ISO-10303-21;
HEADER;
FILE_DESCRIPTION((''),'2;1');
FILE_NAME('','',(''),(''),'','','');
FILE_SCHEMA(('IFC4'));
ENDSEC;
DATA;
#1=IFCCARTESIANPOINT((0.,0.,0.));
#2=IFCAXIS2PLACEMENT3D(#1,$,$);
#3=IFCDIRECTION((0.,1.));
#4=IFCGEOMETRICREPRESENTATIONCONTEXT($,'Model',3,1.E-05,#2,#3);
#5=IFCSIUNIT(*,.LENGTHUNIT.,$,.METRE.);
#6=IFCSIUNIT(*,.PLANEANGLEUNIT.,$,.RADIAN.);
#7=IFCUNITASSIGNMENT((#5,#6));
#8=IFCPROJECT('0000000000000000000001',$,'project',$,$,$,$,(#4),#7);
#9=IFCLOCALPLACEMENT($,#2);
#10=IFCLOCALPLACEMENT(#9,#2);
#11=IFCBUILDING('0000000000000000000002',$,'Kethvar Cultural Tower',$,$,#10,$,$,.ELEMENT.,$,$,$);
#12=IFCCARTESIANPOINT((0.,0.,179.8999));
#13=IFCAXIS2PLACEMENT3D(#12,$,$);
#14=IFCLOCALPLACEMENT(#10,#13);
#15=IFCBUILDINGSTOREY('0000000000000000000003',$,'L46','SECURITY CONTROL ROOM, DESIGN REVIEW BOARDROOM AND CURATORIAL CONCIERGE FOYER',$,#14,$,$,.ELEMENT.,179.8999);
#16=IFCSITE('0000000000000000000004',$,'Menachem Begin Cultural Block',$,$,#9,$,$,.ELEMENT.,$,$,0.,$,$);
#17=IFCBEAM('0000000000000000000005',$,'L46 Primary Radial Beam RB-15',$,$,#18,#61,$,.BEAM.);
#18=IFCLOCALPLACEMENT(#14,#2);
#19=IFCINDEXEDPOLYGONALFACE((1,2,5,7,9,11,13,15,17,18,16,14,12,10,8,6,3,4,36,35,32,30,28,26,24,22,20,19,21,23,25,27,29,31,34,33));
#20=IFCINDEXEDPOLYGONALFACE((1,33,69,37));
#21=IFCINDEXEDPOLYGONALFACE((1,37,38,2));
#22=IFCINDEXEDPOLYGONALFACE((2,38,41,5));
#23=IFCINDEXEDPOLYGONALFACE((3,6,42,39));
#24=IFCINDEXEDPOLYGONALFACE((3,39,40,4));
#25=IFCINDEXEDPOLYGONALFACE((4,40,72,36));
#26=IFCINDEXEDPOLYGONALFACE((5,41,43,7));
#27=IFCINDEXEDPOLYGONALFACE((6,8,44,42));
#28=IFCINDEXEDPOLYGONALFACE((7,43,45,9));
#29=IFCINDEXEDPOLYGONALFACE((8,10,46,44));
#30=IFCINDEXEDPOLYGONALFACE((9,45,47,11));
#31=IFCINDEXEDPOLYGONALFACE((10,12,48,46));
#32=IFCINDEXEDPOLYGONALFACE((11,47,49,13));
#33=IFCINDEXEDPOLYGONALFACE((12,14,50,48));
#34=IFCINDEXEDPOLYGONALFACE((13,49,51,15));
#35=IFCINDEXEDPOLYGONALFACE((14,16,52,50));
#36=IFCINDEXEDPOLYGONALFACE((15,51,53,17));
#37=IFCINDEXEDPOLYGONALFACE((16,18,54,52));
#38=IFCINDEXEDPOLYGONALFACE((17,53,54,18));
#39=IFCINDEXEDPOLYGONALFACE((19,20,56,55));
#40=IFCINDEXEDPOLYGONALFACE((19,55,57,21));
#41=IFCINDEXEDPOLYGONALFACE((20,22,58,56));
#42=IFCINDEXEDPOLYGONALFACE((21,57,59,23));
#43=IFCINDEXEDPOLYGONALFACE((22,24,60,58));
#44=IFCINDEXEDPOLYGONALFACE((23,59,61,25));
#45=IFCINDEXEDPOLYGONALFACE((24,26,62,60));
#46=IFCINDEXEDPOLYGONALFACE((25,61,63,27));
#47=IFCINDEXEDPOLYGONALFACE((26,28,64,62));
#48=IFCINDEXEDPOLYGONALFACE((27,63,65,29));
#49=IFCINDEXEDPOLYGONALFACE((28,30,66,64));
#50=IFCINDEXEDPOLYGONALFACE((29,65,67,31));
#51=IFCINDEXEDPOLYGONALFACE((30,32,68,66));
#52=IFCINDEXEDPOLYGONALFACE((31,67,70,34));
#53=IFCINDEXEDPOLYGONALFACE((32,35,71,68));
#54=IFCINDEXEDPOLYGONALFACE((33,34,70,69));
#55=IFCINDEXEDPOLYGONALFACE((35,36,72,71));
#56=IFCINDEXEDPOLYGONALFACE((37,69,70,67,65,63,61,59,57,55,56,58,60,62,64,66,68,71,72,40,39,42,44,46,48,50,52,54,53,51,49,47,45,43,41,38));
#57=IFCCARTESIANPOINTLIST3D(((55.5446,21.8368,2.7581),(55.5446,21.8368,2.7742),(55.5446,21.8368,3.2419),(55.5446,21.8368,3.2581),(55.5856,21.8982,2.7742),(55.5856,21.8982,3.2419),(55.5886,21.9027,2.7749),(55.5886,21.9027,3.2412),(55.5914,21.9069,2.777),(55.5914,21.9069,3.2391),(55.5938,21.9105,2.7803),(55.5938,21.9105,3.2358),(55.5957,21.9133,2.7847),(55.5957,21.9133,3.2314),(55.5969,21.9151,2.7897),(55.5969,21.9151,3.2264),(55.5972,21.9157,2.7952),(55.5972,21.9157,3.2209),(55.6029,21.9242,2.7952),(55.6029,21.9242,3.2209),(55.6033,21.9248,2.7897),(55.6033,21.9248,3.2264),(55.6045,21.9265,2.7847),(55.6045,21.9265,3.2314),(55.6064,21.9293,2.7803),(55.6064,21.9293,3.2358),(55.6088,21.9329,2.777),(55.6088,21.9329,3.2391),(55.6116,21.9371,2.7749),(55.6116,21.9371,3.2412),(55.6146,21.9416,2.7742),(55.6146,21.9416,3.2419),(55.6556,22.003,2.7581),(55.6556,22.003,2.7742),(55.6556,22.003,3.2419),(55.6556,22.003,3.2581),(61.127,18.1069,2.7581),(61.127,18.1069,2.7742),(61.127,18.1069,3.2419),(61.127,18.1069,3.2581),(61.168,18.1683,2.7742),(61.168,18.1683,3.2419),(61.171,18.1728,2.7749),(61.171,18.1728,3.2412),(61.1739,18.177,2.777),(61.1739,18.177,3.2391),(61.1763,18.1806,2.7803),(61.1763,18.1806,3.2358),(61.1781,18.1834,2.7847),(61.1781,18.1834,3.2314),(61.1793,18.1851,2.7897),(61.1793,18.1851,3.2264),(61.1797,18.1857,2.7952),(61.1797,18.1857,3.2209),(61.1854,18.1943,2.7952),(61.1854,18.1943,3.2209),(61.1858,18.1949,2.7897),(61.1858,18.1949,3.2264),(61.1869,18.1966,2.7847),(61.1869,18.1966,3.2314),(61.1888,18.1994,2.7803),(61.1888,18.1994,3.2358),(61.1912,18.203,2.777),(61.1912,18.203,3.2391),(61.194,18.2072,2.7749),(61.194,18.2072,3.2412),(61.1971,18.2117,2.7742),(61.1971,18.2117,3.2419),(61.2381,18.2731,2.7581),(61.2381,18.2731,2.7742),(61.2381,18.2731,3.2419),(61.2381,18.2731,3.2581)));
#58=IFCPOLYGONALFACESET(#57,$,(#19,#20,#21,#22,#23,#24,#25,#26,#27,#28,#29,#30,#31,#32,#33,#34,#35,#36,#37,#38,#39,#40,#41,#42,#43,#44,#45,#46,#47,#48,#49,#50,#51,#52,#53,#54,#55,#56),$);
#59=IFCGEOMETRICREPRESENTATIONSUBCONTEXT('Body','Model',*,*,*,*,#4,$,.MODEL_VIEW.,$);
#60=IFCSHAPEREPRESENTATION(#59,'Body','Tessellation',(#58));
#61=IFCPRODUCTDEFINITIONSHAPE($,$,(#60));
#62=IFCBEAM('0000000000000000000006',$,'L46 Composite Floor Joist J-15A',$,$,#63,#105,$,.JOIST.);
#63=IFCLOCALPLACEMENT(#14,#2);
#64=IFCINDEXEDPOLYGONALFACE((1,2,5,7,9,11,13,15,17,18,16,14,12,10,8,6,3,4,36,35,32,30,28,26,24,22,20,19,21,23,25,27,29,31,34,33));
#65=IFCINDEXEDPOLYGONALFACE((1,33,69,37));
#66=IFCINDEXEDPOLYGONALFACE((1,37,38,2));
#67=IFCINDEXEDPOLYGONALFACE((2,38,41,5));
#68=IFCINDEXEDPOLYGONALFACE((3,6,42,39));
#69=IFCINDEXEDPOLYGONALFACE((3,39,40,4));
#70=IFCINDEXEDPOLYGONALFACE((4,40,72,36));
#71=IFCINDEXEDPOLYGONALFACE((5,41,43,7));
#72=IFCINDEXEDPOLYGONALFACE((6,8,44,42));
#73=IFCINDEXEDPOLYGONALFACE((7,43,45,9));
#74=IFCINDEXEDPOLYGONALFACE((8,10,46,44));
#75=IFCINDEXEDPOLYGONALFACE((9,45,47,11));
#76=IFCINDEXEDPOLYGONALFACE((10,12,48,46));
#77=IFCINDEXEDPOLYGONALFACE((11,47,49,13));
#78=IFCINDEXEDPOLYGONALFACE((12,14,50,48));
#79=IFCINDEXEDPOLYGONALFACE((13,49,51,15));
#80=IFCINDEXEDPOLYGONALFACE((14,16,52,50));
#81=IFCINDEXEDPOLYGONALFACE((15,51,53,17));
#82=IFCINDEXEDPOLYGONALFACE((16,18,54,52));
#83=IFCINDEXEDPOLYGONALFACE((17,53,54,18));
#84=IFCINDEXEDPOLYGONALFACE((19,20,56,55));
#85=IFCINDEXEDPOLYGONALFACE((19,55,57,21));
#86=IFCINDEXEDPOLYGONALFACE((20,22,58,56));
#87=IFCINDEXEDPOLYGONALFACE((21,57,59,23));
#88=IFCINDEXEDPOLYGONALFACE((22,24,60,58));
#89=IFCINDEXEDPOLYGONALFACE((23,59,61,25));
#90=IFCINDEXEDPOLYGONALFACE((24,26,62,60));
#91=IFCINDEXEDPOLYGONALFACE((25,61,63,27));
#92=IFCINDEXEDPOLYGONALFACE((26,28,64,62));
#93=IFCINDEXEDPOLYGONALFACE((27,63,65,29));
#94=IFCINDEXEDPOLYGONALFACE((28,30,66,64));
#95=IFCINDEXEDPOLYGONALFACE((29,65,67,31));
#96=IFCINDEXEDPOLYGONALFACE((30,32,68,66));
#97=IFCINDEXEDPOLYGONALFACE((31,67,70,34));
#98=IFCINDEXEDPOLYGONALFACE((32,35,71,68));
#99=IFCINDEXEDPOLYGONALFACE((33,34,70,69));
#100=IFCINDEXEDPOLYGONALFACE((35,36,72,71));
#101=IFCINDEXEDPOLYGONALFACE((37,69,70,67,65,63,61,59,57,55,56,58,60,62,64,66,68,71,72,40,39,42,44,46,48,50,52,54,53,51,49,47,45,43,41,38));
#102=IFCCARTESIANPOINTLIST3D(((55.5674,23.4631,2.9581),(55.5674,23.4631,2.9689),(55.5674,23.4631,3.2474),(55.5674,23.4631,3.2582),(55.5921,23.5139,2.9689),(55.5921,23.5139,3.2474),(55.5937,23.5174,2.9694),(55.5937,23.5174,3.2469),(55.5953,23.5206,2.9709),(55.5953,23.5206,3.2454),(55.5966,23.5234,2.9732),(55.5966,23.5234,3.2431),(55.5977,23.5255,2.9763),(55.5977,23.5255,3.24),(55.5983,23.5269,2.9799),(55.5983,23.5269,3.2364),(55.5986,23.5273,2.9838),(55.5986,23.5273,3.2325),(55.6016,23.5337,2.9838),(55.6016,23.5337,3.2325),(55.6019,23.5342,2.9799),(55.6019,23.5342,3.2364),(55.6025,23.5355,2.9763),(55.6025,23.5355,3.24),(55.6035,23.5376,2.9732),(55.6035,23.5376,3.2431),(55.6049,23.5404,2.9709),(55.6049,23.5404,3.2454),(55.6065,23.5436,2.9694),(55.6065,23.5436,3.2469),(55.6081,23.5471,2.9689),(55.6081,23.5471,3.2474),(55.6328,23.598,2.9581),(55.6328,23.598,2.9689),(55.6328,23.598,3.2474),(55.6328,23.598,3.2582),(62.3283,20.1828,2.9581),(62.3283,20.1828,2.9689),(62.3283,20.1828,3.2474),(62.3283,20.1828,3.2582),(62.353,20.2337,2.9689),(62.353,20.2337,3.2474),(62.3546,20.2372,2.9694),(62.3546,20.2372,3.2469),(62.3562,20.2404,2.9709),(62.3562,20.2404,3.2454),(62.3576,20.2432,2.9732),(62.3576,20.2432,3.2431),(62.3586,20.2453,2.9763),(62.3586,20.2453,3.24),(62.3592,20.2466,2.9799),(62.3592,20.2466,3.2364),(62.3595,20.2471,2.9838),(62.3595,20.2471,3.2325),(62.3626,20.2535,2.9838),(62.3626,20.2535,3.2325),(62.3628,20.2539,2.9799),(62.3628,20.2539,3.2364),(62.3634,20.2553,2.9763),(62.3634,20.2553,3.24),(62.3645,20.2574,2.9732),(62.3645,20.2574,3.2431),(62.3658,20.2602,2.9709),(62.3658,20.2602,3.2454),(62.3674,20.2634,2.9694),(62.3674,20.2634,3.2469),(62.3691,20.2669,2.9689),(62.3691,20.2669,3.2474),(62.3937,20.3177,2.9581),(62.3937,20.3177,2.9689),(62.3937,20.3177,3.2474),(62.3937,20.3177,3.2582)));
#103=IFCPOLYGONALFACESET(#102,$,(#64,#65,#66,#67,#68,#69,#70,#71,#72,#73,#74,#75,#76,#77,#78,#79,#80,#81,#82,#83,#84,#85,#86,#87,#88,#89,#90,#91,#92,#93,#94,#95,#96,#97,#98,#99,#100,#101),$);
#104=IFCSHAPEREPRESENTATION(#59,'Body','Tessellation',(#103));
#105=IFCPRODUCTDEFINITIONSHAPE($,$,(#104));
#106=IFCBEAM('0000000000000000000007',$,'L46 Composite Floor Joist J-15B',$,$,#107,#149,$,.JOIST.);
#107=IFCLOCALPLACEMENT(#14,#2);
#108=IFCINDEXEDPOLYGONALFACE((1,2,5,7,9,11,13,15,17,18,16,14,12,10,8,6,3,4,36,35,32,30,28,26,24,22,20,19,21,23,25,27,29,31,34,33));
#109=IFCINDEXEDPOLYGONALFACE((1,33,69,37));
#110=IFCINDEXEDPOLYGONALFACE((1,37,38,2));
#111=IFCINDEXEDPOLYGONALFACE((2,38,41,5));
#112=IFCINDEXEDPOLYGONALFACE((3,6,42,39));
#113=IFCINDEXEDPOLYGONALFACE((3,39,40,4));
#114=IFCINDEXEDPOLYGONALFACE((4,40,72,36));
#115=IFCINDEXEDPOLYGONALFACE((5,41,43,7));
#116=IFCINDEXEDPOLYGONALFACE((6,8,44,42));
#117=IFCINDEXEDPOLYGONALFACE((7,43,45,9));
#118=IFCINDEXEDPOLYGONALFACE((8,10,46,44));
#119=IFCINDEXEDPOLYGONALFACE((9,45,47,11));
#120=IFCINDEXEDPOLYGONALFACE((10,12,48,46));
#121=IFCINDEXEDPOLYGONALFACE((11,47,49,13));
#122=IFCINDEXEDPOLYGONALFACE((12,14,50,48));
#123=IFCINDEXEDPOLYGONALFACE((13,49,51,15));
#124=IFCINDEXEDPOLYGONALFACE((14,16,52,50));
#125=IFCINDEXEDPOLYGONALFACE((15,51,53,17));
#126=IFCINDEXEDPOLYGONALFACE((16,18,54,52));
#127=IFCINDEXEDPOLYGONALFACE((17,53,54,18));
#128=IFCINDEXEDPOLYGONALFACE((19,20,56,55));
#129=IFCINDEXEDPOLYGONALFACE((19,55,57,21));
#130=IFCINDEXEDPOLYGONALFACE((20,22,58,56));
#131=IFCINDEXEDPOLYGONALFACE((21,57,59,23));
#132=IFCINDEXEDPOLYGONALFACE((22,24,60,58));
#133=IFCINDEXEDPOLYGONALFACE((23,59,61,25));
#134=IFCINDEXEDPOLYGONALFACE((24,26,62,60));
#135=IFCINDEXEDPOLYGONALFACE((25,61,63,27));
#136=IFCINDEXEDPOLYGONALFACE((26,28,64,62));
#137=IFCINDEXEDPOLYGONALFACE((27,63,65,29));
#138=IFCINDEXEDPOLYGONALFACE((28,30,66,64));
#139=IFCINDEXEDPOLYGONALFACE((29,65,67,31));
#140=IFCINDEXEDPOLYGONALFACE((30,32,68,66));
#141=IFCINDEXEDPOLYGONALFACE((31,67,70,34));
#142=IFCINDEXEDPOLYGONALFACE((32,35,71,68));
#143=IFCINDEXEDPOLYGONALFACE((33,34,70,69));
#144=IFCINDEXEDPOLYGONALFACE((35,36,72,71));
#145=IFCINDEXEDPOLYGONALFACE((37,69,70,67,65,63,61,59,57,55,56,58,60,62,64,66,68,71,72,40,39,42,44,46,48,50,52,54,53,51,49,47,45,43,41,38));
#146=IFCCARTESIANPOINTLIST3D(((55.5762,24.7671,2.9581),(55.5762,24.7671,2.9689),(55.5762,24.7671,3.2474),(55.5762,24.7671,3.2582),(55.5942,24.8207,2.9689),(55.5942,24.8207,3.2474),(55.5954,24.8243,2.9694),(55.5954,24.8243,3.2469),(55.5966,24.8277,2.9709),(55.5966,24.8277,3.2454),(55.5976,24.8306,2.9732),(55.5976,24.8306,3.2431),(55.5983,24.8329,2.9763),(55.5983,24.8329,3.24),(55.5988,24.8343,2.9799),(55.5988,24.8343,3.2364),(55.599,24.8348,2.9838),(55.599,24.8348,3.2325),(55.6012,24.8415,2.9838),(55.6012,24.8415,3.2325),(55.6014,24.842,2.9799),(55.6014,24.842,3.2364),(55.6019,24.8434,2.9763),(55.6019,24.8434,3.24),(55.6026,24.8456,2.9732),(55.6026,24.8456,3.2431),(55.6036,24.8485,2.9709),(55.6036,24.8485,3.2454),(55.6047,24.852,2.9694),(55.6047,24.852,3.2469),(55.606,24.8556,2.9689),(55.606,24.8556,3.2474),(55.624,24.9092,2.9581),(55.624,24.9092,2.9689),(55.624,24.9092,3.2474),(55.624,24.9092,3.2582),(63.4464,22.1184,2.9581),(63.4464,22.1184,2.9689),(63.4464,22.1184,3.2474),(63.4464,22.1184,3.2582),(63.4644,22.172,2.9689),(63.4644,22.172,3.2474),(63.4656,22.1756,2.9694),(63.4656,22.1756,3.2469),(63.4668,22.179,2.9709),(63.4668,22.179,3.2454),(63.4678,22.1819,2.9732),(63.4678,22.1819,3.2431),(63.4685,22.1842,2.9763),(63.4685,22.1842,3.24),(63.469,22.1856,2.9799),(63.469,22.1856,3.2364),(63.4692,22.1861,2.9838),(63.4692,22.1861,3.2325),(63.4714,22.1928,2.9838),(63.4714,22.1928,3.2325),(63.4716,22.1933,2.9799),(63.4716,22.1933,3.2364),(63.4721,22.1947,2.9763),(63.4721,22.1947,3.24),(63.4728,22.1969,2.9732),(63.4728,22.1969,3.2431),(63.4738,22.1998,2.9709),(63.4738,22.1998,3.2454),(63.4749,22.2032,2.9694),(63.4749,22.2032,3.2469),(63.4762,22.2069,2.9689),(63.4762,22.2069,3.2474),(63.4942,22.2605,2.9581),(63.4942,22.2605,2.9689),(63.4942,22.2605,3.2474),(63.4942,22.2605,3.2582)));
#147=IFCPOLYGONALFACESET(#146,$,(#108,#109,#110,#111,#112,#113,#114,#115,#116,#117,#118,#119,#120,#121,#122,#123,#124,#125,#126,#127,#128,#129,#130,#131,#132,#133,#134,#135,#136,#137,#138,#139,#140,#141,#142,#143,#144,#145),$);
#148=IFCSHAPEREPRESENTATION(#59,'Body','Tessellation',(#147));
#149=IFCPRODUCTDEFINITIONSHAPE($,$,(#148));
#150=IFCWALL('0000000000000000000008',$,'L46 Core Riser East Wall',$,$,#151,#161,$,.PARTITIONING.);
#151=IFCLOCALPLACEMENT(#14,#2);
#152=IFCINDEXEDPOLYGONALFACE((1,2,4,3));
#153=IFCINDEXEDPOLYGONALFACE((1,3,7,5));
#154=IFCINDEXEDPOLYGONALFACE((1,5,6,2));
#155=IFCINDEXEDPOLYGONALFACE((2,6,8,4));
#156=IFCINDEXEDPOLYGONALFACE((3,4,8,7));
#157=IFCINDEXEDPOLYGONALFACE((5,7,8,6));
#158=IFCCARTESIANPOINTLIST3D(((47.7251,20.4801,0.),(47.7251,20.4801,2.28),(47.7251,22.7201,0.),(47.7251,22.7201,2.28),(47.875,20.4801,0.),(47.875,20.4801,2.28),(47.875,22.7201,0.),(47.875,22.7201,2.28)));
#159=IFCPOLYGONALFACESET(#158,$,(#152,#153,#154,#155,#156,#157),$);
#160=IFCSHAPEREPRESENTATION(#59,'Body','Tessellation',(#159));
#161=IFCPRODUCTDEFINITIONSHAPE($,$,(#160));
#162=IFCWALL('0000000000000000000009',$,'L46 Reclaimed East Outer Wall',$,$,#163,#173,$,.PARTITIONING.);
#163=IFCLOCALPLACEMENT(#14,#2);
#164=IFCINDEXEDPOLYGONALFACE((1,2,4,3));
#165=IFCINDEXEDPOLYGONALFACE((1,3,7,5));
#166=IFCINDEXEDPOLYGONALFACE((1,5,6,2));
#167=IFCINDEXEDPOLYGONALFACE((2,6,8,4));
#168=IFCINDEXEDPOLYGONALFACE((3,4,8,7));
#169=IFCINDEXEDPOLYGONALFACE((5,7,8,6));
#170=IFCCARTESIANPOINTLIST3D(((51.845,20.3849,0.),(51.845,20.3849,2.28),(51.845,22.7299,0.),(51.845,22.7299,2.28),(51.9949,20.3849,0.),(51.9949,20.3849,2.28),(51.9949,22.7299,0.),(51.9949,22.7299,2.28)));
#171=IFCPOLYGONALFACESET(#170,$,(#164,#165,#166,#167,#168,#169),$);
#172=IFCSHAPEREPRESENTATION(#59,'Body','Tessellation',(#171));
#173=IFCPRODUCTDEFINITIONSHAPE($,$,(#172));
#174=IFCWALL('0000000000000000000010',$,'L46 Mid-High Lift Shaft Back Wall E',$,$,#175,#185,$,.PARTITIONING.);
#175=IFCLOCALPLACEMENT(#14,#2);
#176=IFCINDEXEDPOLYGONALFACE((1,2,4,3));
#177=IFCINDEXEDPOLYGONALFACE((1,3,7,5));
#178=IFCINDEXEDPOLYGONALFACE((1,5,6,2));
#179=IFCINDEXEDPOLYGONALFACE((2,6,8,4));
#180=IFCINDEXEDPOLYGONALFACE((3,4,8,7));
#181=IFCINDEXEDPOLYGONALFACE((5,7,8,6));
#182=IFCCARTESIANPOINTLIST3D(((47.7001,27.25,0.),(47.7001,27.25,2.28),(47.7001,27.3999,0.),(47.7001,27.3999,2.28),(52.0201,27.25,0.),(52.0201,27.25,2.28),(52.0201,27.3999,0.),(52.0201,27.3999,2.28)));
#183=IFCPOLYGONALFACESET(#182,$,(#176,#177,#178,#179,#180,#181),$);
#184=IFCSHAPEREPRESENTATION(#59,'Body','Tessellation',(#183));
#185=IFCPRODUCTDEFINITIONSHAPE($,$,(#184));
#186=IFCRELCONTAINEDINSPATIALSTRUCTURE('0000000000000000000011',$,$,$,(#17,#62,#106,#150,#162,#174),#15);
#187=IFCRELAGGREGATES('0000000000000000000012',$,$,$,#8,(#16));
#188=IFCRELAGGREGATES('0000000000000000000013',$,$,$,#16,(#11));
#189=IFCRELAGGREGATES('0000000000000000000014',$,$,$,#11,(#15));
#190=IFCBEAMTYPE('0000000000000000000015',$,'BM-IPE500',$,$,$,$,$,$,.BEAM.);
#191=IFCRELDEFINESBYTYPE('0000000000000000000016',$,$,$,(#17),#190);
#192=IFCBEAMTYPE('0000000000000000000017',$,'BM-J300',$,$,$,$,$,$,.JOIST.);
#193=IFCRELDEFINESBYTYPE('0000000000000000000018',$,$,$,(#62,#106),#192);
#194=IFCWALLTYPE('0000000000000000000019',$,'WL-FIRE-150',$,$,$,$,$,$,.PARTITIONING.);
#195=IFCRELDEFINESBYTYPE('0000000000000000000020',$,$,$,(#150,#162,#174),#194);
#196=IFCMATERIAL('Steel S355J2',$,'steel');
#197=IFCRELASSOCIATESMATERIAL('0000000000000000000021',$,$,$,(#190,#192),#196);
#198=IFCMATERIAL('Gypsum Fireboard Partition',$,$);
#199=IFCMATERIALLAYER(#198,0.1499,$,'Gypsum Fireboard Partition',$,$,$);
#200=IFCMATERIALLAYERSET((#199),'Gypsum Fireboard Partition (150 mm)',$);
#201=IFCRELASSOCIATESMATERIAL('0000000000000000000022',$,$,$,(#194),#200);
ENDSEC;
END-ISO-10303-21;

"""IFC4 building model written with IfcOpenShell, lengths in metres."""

from ifc_helpers import new_model, si_unit, direction, frame, frame_2d, origin, origin_2d, place, context, subcontext, project, spatial, rectangle, i_section, extrude, source, transform, mapped, material, layer, layer_set, material_profile, profile_set, type_object, element, save


model = new_model("IFC4")

# Units and contexts
model_context = context("Model", 3, precision=1e-05, world=origin(), true_north=direction((0.0, 1.0)))
body_context = subcontext(model_context, "Body", "Model", "MODEL_VIEW")
ifc_project = project(units=[si_unit("LENGTHUNIT", "METRE"), si_unit("PLANEANGLEUNIT", "RADIAN")], contexts=[model_context])

# Site, building, storey
site_placement = place(None, origin())
site = spatial("IfcSite", under=ifc_project, at=site_placement, Name="Menachem Begin Cultural Block", CompositionType="ELEMENT", RefElevation=0.0)
building_placement = place(site_placement, origin())
building = spatial("IfcBuilding", under=site, at=building_placement, Name="Kethvar Cultural Tower", CompositionType="ELEMENT")
storey_placement = place(building_placement, frame((0.0, 0.0, 179.8999)))
storey = spatial("IfcBuildingStorey", under=building, at=storey_placement, Name="L46", Description="SECURITY CONTROL ROOM, DESIGN REVIEW BOARDROOM AND CURATORIAL CONCIERGE FOYER", CompositionType="ELEMENT", Elevation=179.8999)

# Beams
ifc_material_1 = material(Name="Steel S355J2", Category="steel")
ifc_material_profile_1 = material_profile(ifc_material_1, i_section(OverallWidth=0.2, OverallDepth=0.5, WebThickness=0.0103, FlangeThickness=0.0161, FilletRadius=0.021, at=origin_2d()), Name="Steel S355J2 — IPE500")
ifc_profile_set_1 = profile_set([ifc_material_profile_1], Name="Steel S355J2 — IPE500")
beam_type_1 = type_object("IfcBeamType", Name="BM-IPE500", PredefinedType="BEAM", material=ifc_profile_set_1)
shared_shape_1 = source(origin(), body_context, "Body", "SweptSolid", [
    extrude(i_section(OverallWidth=0.2, OverallDepth=0.5, WebThickness=0.0103, FlangeThickness=0.0161, FilletRadius=0.021, at=origin_2d()), origin(), (0.0, 0.0, 1.0), 6.7139),
])
beam_1_placement = place(storey_placement, frame((55.6001, 21.9199, 3.0081), z_axis=(0.831479, -0.555556, 0.0), x_axis=(0.555556, 0.831479, 0.0)))
element("IfcBeam", 1, at=beam_1_placement, inside=storey, type_object=beam_type_1, Name="L46 Primary Radial Beam RB-15", PredefinedType="BEAM", context=body_context, shape_type="MappedRepresentation", body=[
    mapped(shared_shape_1, transform((0.0, 0.0, 0.0), scale=1.0)),
])
ifc_material_profile_2 = material_profile(ifc_material_1, i_section(OverallWidth=0.1499, OverallDepth=0.3, WebThickness=0.0071, FlangeThickness=0.0107, FilletRadius=0.0149, at=origin_2d()), Name="Steel S355J2 — IPE300")
ifc_profile_set_2 = profile_set([ifc_material_profile_2], Name="Steel S355J2 — IPE300")
beam_type_2 = type_object("IfcBeamType", Name="BM-J300", PredefinedType="JOIST", material=ifc_profile_set_2)
shared_shape_2 = source(origin(), body_context, "Body", "SweptSolid", [
    extrude(i_section(OverallWidth=0.1499, OverallDepth=0.3, WebThickness=0.0071, FlangeThickness=0.0107, FilletRadius=0.0149, at=origin_2d()), origin(), (0.0, 0.0, 1.0), 7.5146),
])
beam_2_placement = place(storey_placement, frame((55.6001, 23.5305, 3.1082), z_axis=(0.899698, -0.436513, 0.0), x_axis=(0.436513, 0.899698, 0.0)))
element("IfcBeam", 2, at=beam_2_placement, inside=storey, type_object=beam_type_2, Name="L46 Composite Floor Joist J-15A", PredefinedType="JOIST", context=body_context, shape_type="MappedRepresentation", body=[
    mapped(shared_shape_2, transform((0.0, 0.0, 0.0), scale=1.0)),
])
shared_shape_3 = source(origin(), body_context, "Body", "SweptSolid", [
    extrude(i_section(OverallWidth=0.1499, OverallDepth=0.3, WebThickness=0.0071, FlangeThickness=0.0107, FilletRadius=0.0149, at=origin_2d()), origin(), (0.0, 0.0, 1.0), 8.304),
])
beam_3_placement = place(storey_placement, frame((55.6001, 24.8381, 3.1082), z_axis=(0.947765, -0.31897, 0.0), x_axis=(0.31897, 0.947765, 0.0)))
element("IfcBeam", 3, at=beam_3_placement, inside=storey, type_object=beam_type_2, Name="L46 Composite Floor Joist J-15B", PredefinedType="JOIST", context=body_context, shape_type="MappedRepresentation", body=[
    mapped(shared_shape_3, transform((0.0, 0.0, 0.0), scale=1.0)),
])

# Walls
ifc_material_2 = material(Name="Gypsum Fireboard Partition")
ifc_layer_1 = layer(ifc_material_2, 0.1499, Name="Gypsum Fireboard Partition")
ifc_layer_set_1 = layer_set([ifc_layer_1], Name="Gypsum Fireboard Partition (150 mm)")
wall_type_1 = type_object("IfcWallType", Name="WL-FIRE-150", PredefinedType="PARTITIONING", material=ifc_layer_set_1)
wall_1_placement = place(storey_placement, frame((47.8, 20.48, 0.0), z_axis=(0.0, 0.0, 1.0), x_axis=(0.0, 1.0, 0.0)))
element("IfcWall", 4, at=wall_1_placement, inside=storey, type_object=wall_type_1, Name="L46 Core Riser East Wall", PredefinedType="PARTITIONING", context=body_context, shape_type="SweptSolid", body=[
    extrude(rectangle(XDim=2.24, YDim=0.1499, at=frame_2d((1.1201, 0.0))), origin(), (0.0, 0.0, 1.0), 2.28),
])
wall_2_placement = place(storey_placement, frame((51.9199, 20.385, 0.0), z_axis=(0.0, 0.0, 1.0), x_axis=(0.0, 1.0, 0.0)))
element("IfcWall", 5, at=wall_2_placement, inside=storey, type_object=wall_type_1, Name="L46 Reclaimed East Outer Wall", PredefinedType="PARTITIONING", context=body_context, shape_type="SweptSolid", body=[
    extrude(rectangle(XDim=2.345, YDim=0.1499, at=frame_2d((1.1724, 0.0))), origin(), (0.0, 0.0, 1.0), 2.28),
])
wall_3_placement = place(storey_placement, frame((47.7, 27.325, 0.0), z_axis=(0.0, 0.0, 1.0), x_axis=(1.0, 0.0, 0.0)))
element("IfcWall", 6, at=wall_3_placement, inside=storey, type_object=wall_type_1, Name="L46 Mid-High Lift Shaft Back Wall E", PredefinedType="PARTITIONING", context=body_context, shape_type="SweptSolid", body=[
    extrude(rectangle(XDim=4.3201, YDim=0.1499, at=frame_2d((2.1602, 0.0))), origin(), (0.0, 0.0, 1.0), 2.28),
])

save(model, "model.ifc")
